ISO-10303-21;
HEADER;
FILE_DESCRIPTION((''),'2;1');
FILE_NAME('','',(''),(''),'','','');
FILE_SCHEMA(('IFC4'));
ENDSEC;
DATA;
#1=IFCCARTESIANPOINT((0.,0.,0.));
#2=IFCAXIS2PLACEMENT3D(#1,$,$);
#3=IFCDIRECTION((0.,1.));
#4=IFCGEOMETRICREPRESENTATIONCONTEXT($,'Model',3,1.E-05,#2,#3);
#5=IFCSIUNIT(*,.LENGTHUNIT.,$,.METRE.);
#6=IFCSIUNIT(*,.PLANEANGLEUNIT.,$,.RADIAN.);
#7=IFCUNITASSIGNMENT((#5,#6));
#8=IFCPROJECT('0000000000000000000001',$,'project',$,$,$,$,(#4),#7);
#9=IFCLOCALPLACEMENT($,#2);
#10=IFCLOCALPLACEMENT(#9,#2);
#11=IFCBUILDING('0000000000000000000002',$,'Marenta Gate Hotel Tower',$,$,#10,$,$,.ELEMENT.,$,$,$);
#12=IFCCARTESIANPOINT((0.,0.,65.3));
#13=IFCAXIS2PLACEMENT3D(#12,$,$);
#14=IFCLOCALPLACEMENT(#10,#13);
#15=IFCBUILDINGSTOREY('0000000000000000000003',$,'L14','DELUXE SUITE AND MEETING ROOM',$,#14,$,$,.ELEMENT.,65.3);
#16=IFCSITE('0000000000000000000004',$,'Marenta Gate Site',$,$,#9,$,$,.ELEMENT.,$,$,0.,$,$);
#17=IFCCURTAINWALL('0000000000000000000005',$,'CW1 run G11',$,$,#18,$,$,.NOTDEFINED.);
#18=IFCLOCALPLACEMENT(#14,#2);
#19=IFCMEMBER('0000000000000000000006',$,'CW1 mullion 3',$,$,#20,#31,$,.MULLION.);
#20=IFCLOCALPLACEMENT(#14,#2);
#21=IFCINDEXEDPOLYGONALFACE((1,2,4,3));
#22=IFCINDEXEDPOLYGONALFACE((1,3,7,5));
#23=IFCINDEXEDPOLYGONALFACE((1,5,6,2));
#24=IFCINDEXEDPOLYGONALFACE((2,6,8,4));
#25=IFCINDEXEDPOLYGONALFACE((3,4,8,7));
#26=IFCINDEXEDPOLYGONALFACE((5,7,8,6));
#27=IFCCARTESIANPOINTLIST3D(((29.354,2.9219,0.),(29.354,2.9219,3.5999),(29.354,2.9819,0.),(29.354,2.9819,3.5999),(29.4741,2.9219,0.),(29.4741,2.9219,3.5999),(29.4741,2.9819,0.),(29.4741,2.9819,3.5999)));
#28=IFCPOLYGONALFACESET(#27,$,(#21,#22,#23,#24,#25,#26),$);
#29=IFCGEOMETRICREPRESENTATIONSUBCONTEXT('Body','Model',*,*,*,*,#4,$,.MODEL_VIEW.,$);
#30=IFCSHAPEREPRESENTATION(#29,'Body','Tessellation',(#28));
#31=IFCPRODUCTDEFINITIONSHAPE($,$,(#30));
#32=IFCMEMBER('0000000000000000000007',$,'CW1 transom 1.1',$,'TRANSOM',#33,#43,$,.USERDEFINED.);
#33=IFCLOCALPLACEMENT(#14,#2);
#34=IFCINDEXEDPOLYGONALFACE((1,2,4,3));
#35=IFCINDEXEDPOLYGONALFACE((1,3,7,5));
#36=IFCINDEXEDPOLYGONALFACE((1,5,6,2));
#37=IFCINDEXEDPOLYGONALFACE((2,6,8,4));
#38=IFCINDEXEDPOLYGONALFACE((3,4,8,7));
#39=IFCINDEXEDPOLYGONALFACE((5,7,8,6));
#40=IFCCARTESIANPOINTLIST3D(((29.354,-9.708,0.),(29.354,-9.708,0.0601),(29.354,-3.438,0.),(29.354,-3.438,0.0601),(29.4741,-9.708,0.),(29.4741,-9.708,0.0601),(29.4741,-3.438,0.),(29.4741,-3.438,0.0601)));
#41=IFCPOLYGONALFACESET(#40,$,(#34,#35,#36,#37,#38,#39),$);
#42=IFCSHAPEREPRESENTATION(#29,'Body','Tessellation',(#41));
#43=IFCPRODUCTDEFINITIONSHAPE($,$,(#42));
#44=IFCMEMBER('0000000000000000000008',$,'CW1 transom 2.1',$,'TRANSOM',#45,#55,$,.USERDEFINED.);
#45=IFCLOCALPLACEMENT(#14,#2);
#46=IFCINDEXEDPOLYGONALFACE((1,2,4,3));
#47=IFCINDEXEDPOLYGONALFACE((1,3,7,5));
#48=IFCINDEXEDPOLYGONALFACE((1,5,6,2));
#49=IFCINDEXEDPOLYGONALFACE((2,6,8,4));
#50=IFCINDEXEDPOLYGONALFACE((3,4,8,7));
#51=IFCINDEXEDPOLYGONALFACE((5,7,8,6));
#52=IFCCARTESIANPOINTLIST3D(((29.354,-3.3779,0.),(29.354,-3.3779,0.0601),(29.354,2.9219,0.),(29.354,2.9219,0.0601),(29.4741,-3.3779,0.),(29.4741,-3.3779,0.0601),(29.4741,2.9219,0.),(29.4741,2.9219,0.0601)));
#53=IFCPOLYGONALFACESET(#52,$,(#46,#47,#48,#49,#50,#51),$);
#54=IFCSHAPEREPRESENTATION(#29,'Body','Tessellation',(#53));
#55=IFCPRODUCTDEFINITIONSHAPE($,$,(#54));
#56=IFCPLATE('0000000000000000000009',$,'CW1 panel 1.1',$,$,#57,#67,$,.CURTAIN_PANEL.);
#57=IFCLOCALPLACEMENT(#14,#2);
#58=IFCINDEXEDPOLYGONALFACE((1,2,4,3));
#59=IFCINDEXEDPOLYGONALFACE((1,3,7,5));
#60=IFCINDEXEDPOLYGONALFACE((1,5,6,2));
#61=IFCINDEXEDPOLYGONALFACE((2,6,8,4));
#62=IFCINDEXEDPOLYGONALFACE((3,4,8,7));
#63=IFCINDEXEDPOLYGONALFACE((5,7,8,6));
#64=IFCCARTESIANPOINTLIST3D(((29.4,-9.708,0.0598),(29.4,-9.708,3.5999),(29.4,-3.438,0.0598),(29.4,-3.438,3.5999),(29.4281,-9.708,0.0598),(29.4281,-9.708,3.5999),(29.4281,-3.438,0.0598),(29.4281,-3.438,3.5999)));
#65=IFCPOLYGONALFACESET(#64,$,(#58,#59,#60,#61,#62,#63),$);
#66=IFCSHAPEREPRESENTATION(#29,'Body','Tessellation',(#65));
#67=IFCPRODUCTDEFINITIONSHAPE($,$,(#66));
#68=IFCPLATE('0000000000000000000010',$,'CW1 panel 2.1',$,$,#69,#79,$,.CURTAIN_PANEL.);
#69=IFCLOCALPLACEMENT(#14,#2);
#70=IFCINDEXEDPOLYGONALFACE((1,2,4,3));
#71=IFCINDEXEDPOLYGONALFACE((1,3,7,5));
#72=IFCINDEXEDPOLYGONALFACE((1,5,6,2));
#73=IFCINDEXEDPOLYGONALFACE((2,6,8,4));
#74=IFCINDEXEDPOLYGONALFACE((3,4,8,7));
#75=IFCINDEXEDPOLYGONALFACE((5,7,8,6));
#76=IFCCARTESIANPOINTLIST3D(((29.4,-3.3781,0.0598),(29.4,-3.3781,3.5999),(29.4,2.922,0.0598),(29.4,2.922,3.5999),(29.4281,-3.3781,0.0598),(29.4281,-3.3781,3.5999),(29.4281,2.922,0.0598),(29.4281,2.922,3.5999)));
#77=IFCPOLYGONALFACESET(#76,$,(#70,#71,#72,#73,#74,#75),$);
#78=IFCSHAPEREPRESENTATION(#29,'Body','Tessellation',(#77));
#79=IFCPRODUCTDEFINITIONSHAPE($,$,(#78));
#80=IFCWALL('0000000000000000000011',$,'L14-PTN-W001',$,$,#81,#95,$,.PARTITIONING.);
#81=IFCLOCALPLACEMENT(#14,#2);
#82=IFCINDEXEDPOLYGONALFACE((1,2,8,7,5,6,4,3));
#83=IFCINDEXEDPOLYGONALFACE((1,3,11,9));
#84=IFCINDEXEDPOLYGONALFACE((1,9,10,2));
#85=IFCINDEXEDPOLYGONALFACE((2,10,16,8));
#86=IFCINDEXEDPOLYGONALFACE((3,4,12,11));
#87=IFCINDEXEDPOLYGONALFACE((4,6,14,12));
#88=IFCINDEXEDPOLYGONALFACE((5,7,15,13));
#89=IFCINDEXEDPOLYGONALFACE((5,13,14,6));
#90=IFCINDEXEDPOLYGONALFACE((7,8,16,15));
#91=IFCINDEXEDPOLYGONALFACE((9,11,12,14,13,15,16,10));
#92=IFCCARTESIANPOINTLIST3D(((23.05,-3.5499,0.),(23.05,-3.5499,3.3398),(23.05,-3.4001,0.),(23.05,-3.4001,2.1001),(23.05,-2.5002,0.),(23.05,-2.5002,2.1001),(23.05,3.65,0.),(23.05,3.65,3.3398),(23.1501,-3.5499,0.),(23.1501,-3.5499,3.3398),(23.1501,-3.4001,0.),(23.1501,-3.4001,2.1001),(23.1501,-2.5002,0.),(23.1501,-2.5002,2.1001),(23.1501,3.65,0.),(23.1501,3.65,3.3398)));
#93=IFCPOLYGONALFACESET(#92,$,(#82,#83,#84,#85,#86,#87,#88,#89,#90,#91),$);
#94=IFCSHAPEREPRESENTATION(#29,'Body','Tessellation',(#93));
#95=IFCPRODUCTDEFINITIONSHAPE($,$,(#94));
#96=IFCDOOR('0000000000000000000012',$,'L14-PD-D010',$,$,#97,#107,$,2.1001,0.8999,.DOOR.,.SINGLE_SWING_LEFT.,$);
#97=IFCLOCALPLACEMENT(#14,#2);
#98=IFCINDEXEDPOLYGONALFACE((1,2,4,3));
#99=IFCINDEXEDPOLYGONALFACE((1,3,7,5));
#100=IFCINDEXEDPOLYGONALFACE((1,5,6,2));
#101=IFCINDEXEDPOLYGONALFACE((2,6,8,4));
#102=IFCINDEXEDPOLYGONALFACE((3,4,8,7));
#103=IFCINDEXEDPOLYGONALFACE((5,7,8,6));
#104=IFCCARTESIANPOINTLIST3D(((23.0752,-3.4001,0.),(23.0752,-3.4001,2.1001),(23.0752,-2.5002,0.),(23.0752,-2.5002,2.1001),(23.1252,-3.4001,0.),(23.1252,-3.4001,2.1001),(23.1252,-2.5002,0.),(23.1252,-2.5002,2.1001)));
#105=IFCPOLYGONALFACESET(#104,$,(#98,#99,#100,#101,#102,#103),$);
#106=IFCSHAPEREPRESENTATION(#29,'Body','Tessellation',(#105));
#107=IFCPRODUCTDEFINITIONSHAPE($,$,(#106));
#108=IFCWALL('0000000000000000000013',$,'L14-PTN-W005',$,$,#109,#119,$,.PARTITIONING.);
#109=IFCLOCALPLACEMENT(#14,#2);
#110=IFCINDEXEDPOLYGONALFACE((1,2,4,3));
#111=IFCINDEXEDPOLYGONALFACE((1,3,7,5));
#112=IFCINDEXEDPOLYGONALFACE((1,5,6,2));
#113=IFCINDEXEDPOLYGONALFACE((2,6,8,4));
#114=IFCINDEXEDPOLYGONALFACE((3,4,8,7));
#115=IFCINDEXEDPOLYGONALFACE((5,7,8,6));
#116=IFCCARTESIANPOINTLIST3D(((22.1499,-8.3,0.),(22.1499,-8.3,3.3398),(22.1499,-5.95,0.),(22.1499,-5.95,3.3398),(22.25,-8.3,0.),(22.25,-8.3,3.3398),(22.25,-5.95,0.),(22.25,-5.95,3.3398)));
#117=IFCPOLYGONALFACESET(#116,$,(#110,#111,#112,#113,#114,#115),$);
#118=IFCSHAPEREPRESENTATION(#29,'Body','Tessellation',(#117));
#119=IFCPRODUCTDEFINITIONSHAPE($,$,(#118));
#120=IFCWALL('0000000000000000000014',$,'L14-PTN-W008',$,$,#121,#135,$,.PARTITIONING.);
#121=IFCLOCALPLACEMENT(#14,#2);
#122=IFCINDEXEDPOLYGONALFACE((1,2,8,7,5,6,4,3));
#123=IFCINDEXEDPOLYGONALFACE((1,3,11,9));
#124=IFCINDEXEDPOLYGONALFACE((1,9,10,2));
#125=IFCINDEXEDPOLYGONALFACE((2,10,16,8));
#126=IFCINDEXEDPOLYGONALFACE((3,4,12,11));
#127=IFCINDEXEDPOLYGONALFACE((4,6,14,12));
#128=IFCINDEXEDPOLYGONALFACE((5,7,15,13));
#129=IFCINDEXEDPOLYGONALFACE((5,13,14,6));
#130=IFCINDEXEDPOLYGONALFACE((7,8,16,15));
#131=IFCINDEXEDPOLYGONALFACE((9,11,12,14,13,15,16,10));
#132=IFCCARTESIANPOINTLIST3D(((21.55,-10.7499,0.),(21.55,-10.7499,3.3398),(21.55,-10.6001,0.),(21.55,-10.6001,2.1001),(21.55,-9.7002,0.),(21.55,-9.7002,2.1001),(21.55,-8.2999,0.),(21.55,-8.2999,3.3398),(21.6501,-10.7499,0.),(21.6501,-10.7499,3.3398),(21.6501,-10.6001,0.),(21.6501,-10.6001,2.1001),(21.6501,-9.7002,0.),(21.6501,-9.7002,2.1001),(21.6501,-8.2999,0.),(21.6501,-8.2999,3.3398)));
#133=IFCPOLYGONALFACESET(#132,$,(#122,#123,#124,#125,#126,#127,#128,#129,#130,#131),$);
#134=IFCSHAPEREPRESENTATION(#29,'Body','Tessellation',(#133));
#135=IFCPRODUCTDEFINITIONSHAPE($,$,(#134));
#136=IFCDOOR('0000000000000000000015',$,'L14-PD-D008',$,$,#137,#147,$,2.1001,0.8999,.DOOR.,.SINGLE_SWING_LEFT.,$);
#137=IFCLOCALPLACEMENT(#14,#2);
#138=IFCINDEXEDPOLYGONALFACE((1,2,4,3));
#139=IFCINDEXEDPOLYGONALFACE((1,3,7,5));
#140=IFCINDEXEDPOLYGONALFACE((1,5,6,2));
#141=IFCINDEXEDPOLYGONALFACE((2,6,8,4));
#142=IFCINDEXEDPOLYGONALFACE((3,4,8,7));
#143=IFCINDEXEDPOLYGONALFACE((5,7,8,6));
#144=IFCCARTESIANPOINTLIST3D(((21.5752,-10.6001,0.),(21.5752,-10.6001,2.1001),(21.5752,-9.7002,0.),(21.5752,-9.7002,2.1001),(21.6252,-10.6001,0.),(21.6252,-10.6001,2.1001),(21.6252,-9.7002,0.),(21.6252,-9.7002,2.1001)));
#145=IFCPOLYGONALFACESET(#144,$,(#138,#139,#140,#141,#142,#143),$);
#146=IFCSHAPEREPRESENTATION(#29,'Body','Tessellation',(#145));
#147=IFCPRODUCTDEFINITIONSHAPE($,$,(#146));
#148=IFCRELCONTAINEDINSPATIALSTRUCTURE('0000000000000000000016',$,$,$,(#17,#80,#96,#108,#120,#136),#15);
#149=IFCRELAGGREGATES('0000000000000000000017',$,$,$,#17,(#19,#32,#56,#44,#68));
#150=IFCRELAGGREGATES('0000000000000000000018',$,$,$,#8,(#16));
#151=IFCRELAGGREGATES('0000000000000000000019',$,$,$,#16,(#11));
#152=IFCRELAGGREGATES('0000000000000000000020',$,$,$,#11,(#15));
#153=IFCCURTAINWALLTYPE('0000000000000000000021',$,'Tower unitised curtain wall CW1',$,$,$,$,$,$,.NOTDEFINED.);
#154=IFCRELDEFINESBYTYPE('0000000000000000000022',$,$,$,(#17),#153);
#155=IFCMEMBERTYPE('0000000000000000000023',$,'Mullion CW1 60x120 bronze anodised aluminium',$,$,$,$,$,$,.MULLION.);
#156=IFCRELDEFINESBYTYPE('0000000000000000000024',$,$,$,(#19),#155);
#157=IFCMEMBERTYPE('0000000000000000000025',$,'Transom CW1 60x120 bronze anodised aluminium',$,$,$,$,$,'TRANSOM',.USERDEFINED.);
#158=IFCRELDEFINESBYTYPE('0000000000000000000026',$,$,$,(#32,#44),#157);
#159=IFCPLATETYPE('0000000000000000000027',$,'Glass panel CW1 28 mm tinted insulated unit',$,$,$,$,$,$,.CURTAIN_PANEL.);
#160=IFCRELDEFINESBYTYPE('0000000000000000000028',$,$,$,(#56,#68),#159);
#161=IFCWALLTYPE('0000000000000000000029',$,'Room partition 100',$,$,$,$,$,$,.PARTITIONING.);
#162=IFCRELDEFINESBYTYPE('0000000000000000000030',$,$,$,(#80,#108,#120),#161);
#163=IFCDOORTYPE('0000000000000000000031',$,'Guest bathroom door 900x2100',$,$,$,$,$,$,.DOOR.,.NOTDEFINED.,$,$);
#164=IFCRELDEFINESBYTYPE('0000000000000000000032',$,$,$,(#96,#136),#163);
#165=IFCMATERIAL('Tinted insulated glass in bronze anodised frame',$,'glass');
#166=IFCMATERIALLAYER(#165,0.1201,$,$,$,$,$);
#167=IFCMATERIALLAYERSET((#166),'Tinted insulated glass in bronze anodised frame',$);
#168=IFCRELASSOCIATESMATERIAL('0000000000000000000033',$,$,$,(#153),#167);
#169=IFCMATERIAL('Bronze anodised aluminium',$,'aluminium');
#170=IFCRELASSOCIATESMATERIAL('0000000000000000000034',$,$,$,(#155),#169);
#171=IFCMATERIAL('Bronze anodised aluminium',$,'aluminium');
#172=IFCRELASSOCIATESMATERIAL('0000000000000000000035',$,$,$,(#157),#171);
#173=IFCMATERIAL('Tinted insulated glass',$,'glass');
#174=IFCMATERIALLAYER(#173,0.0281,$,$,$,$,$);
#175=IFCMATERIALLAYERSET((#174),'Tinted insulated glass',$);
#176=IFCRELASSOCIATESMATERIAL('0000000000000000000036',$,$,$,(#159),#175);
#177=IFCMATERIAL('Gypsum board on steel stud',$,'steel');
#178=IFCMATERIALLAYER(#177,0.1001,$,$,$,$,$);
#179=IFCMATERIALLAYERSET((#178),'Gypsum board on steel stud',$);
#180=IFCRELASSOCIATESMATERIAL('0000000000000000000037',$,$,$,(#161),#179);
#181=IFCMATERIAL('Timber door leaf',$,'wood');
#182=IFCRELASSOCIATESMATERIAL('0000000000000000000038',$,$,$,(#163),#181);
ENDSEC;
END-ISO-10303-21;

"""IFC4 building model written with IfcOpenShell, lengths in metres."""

from ifc_helpers import new_model, si_unit, direction, frame, frame_2d, origin, origin_2d, place, context, subcontext, project, spatial, rectangle, extrude, material, layer, layer_set, material_profile, profile_set, type_object, element, fill, aggregate, save


model = new_model("IFC4")

# Units and contexts
model_context = context("Model", 3, precision=1e-05, world=origin(), true_north=direction((0.0, 1.0)))
body_context = subcontext(model_context, "Body", "Model", "MODEL_VIEW")
ifc_project = project(units=[si_unit("LENGTHUNIT", "METRE"), si_unit("PLANEANGLEUNIT", "RADIAN")], contexts=[model_context])

# Site, building, storey
site_placement = place(None, origin())
site = spatial("IfcSite", under=ifc_project, at=site_placement, Name="Marenta Gate Site", CompositionType="ELEMENT", RefElevation=0.0)
building_placement = place(site_placement, origin())
building = spatial("IfcBuilding", under=site, at=building_placement, Name="Marenta Gate Hotel Tower", CompositionType="ELEMENT")
storey_placement = place(building_placement, frame((0.0, 0.0, 65.3)))
storey = spatial("IfcBuildingStorey", under=building, at=storey_placement, Name="L14", Description="DELUXE SUITE AND MEETING ROOM", CompositionType="ELEMENT", Elevation=65.3)

# Curtain wall, members, plates
ifc_material_1 = material(Name="Tinted insulated glass in bronze anodised frame", Category="glass")
ifc_layer_1 = layer(ifc_material_1, 0.1201)
ifc_layer_set_1 = layer_set([ifc_layer_1], Name="Tinted insulated glass in bronze anodised frame")
curtain_wall_type = type_object("IfcCurtainWallType", Name="Tower unitised curtain wall CW1", PredefinedType="NOTDEFINED", material=ifc_layer_set_1)
curtain_wall_placement = place(storey_placement, origin())
curtain_wall = element("IfcCurtainWall", 1, at=curtain_wall_placement, inside=storey, type_object=curtain_wall_type, Name="CW1 run G11", PredefinedType="NOTDEFINED")
ifc_material_2 = material(Name="Bronze anodised aluminium", Category="aluminium")
ifc_material_profile_1 = material_profile(ifc_material_2, rectangle(XDim=0.1201, YDim=0.0601, at=origin_2d()), Name="Mullion CW1 60x120 bronze anodised aluminium")
ifc_profile_set_1 = profile_set([ifc_material_profile_1], Name="Bronze anodised aluminium")
member_type_1 = type_object("IfcMemberType", Name="Mullion CW1 60x120 bronze anodised aluminium", PredefinedType="MULLION", material=ifc_profile_set_1)
member_1_placement = place(storey_placement, frame((29.4141, 2.9519, 0.0), z_axis=(0.0, 0.0, 1.0), x_axis=(-1.0, 0.0, 0.0)))
member_1 = element("IfcMember", 2, at=member_1_placement, type_object=member_type_1, Name="CW1 mullion 3", PredefinedType="MULLION", context=body_context, shape_type="SweptSolid", body=[
    extrude(rectangle(XDim=0.1201, YDim=0.0601, at=origin_2d()), origin(), (0.0, 0.0, 1.0), 3.5999),
])
ifc_material_3 = material(Name="Bronze anodised aluminium", Category="aluminium")
ifc_material_profile_2 = material_profile(ifc_material_3, rectangle(XDim=0.1201, YDim=0.0601, at=origin_2d()), Name="Transom CW1 60x120 bronze anodised aluminium")
ifc_profile_set_2 = profile_set([ifc_material_profile_2], Name="Bronze anodised aluminium")
member_type_2 = type_object("IfcMemberType", Name="Transom CW1 60x120 bronze anodised aluminium", ElementType="TRANSOM", PredefinedType="USERDEFINED", material=ifc_profile_set_2)
member_2_placement = place(storey_placement, frame((29.4141, -9.708, 0.03), z_axis=(0.0, 1.0, 0.0), x_axis=(-1.0, 0.0, 0.0)))
member_2 = element("IfcMember", 3, at=member_2_placement, type_object=member_type_2, Name="CW1 transom 1.1", ObjectType="TRANSOM", PredefinedType="USERDEFINED", context=body_context, shape_type="SweptSolid", body=[
    extrude(rectangle(XDim=0.1201, YDim=0.0601, at=origin_2d()), origin(), (0.0, 0.0, 1.0), 6.27),
])
member_3_placement = place(storey_placement, frame((29.4141, -3.3779, 0.03), z_axis=(0.0, 1.0, 0.0), x_axis=(-1.0, 0.0, 0.0)))
member_3 = element("IfcMember", 4, at=member_3_placement, type_object=member_type_2, Name="CW1 transom 2.1", ObjectType="TRANSOM", PredefinedType="USERDEFINED", context=body_context, shape_type="SweptSolid", body=[
    extrude(rectangle(XDim=0.1201, YDim=0.0601, at=origin_2d()), origin(), (0.0, 0.0, 1.0), 6.2998),
])
ifc_material_4 = material(Name="Tinted insulated glass", Category="glass")
ifc_layer_2 = layer(ifc_material_4, 0.0281)
ifc_layer_set_2 = layer_set([ifc_layer_2], Name="Tinted insulated glass")
plate_type = type_object("IfcPlateType", Name="Glass panel CW1 28 mm tinted insulated unit", PredefinedType="CURTAIN_PANEL", material=ifc_layer_set_2)
plate_1_placement = place(storey_placement, frame((29.4141, -6.573, 0.0598), z_axis=(0.0, 0.0, 1.0), x_axis=(0.0, 1.0, 0.0)))
plate_1 = element("IfcPlate", 5, at=plate_1_placement, type_object=plate_type, Name="CW1 panel 1.1", PredefinedType="CURTAIN_PANEL", context=body_context, shape_type="SweptSolid", body=[
    extrude(rectangle(XDim=6.27, YDim=0.0281, at=origin_2d()), origin(), (0.0, 0.0, 1.0), 3.54),
])
plate_2_placement = place(storey_placement, frame((29.4141, -0.228, 0.0598), z_axis=(0.0, 0.0, 1.0), x_axis=(0.0, 1.0, 0.0)))
plate_2 = element("IfcPlate", 6, at=plate_2_placement, type_object=plate_type, Name="CW1 panel 2.1", PredefinedType="CURTAIN_PANEL", context=body_context, shape_type="SweptSolid", body=[
    extrude(rectangle(XDim=6.3, YDim=0.0281, at=origin_2d()), origin(), (0.0, 0.0, 1.0), 3.54),
])
aggregate(curtain_wall, [member_1, member_2, plate_1, member_3, plate_2])

# Wall, opening, door
ifc_material_5 = material(Name="Gypsum board on steel stud", Category="steel")
ifc_layer_3 = layer(ifc_material_5, 0.1001)
ifc_layer_set_3 = layer_set([ifc_layer_3], Name="Gypsum board on steel stud")
wall_type = type_object("IfcWallType", Name="Room partition 100", PredefinedType="PARTITIONING", material=ifc_layer_set_3)
wall_1_placement = place(storey_placement, frame((23.1001, -3.55, 0.0), z_axis=(0.0, 0.0, 1.0), x_axis=(0.0, 1.0, 0.0)))
wall_1 = element("IfcWall", 7, at=wall_1_placement, inside=storey, type_object=wall_type, Name="L14-PTN-W001", PredefinedType="PARTITIONING", context=body_context, shape_type="SweptSolid", body=[
    extrude(rectangle(XDim=7.2, YDim=0.1001, at=frame_2d((3.6001, 0.0))), origin(), (0.0, 0.0, 1.0), 3.3398),
])
opening_1_placement = place(wall_1_placement, frame((0.1499, 0.0, 0.0)))
opening_1 = element("IfcOpeningElement", 8, at=opening_1_placement, cuts=wall_1, PredefinedType="OPENING", context=body_context, shape_type="SweptSolid", body=[
    extrude(rectangle(XDim=0.8999, YDim=2.1001, at=frame_2d((0.45, 1.05))), frame((0.0, 0.05, 0.0), z_axis=(0.0, -1.0, 0.0), x_axis=(1.0, 0.0, 0.0)), (0.0, 0.0, 1.0), 0.1001),
])
ifc_material_6 = material(Name="Timber door leaf", Category="wood")
door_type = type_object("IfcDoorType", Name="Guest bathroom door 900x2100", OperationType="NOTDEFINED", PredefinedType="DOOR", material=ifc_material_6)
door_1_placement = place(opening_1_placement, origin())
door_1 = element("IfcDoor", 9, at=door_1_placement, inside=storey, type_object=door_type, Name="L14-PD-D010", OperationType="SINGLE_SWING_LEFT", OverallHeight=2.1001, OverallWidth=0.8999, PredefinedType="DOOR", context=body_context, shape_type="SweptSolid", body=[
    extrude(rectangle(XDim=0.8999, YDim=2.1001, at=frame_2d((0.45, 1.05))), frame((0.0, 0.0249, 0.0), z_axis=(0.0, -1.0, 0.0), x_axis=(1.0, 0.0, 0.0)), (0.0, 0.0, 1.0), 0.05),
])
fill(opening_1, door_1)

# Wall
wall_2_placement = place(storey_placement, frame((22.2, -8.3, 0.0), z_axis=(0.0, 0.0, 1.0), x_axis=(0.0, 1.0, 0.0)))
element("IfcWall", 10, at=wall_2_placement, inside=storey, type_object=wall_type, Name="L14-PTN-W005", PredefinedType="PARTITIONING", context=body_context, shape_type="SweptSolid", body=[
    extrude(rectangle(XDim=2.3501, YDim=0.1001, at=frame_2d((1.175, 0.0))), origin(), (0.0, 0.0, 1.0), 3.3398),
])

# Wall, opening, door
wall_3_placement = place(storey_placement, frame((21.6001, -10.75, 0.0), z_axis=(0.0, 0.0, 1.0), x_axis=(0.0, 1.0, 0.0)))
wall_3 = element("IfcWall", 11, at=wall_3_placement, inside=storey, type_object=wall_type, Name="L14-PTN-W008", PredefinedType="PARTITIONING", context=body_context, shape_type="SweptSolid", body=[
    extrude(rectangle(XDim=2.45, YDim=0.1001, at=frame_2d((1.2251, 0.0))), origin(), (0.0, 0.0, 1.0), 3.3398),
])
opening_2_placement = place(wall_3_placement, frame((0.1499, 0.0, 0.0)))
opening_2 = element("IfcOpeningElement", 12, at=opening_2_placement, cuts=wall_3, PredefinedType="OPENING", context=body_context, shape_type="SweptSolid", body=[
    extrude(rectangle(XDim=0.8999, YDim=2.1001, at=frame_2d((0.45, 1.05))), frame((0.0, 0.05, 0.0), z_axis=(0.0, -1.0, 0.0), x_axis=(1.0, 0.0, 0.0)), (0.0, 0.0, 1.0), 0.1001),
])
door_2_placement = place(opening_2_placement, origin())
door_2 = element("IfcDoor", 13, at=door_2_placement, inside=storey, type_object=door_type, Name="L14-PD-D008", OperationType="SINGLE_SWING_LEFT", OverallHeight=2.1001, OverallWidth=0.8999, PredefinedType="DOOR", context=body_context, shape_type="SweptSolid", body=[
    extrude(rectangle(XDim=0.8999, YDim=2.1001, at=frame_2d((0.45, 1.05))), frame((0.0, 0.0249, 0.0), z_axis=(0.0, -1.0, 0.0), x_axis=(1.0, 0.0, 0.0)), (0.0, 0.0, 1.0), 0.05),
])
fill(opening_2, door_2)

save(model, "model.ifc")
